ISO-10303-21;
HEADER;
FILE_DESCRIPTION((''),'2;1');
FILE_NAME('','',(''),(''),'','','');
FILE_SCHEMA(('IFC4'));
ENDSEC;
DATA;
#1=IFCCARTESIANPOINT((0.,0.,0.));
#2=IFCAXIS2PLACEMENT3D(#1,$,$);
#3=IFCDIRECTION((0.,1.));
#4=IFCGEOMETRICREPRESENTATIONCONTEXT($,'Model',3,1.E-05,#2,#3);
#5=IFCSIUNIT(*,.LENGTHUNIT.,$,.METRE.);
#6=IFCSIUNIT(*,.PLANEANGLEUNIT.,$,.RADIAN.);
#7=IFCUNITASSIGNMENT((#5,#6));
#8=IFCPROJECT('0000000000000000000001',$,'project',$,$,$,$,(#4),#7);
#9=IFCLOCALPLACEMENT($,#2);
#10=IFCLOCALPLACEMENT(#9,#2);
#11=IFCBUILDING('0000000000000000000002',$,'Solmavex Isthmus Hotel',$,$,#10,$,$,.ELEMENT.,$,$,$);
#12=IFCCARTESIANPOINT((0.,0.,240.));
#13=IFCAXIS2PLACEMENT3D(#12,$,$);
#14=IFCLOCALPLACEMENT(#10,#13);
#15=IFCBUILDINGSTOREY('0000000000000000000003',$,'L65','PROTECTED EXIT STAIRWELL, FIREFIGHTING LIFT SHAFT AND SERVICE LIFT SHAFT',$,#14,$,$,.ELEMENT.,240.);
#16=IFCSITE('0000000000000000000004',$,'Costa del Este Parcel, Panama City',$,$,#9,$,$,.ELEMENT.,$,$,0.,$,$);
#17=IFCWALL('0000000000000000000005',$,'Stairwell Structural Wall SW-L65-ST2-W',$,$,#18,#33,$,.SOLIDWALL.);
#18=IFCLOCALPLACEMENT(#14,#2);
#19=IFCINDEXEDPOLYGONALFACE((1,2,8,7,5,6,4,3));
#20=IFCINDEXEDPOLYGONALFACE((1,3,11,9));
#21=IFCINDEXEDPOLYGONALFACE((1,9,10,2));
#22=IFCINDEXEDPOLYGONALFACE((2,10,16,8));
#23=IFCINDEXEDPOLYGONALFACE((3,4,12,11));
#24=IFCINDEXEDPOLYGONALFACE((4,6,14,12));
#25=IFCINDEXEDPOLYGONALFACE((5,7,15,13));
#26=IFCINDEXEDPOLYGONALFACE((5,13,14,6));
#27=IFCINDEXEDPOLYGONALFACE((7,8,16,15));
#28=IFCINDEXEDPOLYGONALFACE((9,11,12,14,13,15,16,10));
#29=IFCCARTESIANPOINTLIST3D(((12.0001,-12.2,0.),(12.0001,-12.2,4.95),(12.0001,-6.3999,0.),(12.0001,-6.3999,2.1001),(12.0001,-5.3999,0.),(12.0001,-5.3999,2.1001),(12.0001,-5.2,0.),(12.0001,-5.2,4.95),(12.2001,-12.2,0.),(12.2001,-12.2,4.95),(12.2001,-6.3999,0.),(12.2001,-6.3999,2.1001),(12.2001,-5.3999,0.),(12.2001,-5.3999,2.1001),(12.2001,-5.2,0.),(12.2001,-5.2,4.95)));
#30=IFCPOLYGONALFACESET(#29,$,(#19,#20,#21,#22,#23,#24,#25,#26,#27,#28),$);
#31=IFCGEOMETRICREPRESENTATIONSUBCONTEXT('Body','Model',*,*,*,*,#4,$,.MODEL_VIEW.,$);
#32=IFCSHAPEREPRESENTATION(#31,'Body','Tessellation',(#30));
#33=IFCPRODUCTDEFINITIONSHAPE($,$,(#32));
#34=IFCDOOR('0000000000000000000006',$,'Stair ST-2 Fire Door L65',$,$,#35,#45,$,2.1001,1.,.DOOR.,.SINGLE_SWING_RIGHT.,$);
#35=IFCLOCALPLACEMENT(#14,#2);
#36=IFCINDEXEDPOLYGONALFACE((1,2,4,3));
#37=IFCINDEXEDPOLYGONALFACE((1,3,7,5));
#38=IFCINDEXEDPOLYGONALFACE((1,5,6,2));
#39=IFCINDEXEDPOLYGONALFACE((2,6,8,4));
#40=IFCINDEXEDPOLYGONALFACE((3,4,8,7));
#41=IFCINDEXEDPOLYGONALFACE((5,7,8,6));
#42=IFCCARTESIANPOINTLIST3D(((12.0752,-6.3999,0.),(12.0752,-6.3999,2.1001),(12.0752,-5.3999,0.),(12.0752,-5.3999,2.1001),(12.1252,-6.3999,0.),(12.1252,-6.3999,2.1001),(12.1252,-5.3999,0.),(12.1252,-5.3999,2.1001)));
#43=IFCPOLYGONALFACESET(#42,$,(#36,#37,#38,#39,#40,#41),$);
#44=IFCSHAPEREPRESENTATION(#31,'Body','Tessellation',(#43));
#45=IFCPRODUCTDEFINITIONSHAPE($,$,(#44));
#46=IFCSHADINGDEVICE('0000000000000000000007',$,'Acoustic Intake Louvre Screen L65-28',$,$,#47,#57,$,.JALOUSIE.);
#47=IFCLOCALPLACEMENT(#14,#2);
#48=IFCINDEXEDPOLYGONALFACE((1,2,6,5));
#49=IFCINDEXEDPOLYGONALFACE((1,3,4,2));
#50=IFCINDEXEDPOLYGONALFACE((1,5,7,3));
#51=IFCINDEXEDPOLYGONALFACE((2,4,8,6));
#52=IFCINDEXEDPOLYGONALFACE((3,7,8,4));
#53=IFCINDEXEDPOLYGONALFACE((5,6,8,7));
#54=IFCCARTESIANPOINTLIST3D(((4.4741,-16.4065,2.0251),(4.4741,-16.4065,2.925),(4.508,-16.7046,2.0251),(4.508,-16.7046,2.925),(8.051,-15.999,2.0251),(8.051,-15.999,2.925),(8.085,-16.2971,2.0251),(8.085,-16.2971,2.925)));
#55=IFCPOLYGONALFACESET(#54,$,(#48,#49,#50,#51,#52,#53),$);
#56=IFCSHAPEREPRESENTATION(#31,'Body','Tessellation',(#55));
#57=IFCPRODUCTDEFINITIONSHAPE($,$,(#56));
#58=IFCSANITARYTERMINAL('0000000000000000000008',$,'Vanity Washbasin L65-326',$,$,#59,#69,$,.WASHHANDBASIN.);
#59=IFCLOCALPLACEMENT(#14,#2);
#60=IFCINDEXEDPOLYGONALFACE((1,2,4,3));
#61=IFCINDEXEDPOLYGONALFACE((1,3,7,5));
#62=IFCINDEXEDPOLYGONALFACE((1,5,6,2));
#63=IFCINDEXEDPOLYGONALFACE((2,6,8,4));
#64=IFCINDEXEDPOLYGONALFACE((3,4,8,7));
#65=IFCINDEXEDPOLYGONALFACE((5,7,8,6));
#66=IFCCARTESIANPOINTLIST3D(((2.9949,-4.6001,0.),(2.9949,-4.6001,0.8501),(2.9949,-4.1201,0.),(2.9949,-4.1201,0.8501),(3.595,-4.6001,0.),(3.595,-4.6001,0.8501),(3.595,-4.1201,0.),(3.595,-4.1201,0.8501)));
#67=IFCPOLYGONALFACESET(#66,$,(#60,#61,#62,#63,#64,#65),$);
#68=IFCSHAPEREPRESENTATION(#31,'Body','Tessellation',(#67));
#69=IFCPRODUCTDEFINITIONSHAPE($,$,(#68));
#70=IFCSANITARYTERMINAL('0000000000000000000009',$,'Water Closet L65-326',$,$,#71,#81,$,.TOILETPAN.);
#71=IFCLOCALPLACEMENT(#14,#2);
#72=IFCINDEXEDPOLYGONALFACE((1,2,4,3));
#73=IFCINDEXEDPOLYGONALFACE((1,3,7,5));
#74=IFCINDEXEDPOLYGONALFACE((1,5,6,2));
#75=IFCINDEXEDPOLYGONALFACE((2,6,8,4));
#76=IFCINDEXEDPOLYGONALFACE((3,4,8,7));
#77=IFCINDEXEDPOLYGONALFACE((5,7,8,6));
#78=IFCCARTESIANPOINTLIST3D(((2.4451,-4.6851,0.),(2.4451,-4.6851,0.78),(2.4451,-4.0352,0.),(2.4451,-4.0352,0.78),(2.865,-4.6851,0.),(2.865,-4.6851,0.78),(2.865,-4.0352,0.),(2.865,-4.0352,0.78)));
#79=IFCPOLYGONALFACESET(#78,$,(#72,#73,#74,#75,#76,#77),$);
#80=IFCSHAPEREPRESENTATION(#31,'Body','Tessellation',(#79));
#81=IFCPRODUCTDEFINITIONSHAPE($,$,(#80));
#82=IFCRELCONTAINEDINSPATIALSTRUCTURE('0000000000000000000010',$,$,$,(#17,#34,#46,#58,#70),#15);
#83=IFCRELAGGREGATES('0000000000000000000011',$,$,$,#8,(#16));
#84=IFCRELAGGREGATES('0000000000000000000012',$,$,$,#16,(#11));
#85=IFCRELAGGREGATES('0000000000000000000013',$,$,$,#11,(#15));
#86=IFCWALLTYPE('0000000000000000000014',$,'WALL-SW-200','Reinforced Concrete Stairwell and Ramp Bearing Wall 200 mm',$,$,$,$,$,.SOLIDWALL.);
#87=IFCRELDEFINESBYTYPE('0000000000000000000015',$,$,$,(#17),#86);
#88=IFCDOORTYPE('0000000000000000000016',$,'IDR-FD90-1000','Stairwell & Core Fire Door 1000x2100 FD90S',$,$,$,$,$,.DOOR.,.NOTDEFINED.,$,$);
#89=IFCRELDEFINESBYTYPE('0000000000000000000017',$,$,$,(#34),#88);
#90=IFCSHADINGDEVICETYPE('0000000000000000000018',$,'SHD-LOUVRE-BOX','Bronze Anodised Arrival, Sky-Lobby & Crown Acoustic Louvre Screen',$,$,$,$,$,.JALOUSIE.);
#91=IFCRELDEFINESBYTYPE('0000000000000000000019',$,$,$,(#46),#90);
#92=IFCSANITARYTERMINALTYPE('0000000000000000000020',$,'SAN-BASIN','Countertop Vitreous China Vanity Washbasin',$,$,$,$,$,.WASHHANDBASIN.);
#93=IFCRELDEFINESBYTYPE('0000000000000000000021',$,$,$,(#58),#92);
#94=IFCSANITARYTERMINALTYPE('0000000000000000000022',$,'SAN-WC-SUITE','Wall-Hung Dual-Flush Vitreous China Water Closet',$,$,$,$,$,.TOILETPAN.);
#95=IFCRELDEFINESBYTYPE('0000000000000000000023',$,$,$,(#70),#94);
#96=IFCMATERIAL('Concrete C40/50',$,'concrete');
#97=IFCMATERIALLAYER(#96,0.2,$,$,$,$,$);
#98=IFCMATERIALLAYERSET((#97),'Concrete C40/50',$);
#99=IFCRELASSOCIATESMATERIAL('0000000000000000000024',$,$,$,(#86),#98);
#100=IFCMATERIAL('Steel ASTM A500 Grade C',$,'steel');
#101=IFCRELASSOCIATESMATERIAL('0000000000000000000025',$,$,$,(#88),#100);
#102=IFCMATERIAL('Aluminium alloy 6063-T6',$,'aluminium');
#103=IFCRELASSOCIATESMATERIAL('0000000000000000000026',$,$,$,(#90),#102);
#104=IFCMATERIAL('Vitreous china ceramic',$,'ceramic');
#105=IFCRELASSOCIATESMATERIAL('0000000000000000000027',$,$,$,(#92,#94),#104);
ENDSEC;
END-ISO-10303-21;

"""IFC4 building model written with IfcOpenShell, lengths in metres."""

from ifc_helpers import new_model, si_unit, direction, frame, frame_2d, origin, origin_2d, place, context, subcontext, project, spatial, rectangle, extrude, material, layer, layer_set, type_object, element, fill, save


model = new_model("IFC4")

# Units and contexts
model_context = context("Model", 3, precision=1e-05, world=origin(), true_north=direction((0.0, 1.0)))
body_context = subcontext(model_context, "Body", "Model", "MODEL_VIEW")
ifc_project = project(units=[si_unit("LENGTHUNIT", "METRE"), si_unit("PLANEANGLEUNIT", "RADIAN")], contexts=[model_context])

# Site, building, storey
site_placement = place(None, origin())
site = spatial("IfcSite", under=ifc_project, at=site_placement, Name="Costa del Este Parcel, Panama City", CompositionType="ELEMENT", RefElevation=0.0)
building_placement = place(site_placement, origin())
building = spatial("IfcBuilding", under=site, at=building_placement, Name="Solmavex Isthmus Hotel", CompositionType="ELEMENT")
storey_placement = place(building_placement, frame((0.0, 0.0, 240.0)))
storey = spatial("IfcBuildingStorey", under=building, at=storey_placement, Name="L65", Description="PROTECTED EXIT STAIRWELL, FIREFIGHTING LIFT SHAFT AND SERVICE LIFT SHAFT", CompositionType="ELEMENT", Elevation=240.0)

# Shared definitions
ifc_material_1 = material(Name="Concrete C40/50", Category="concrete")

# Shared definitions
ifc_material_2 = material(Name="Steel ASTM A500 Grade C", Category="steel")

# Shared definitions
ifc_layer_1 = layer(ifc_material_1, 0.2)
ifc_layer_set_1 = layer_set([ifc_layer_1], Name="Concrete C40/50")
wall_type_1 = type_object("IfcWallType", Name="WALL-SW-200", Description="Reinforced Concrete Stairwell and Ramp Bearing Wall 200 mm", PredefinedType="SOLIDWALL", material=ifc_layer_set_1)

# Wall, opening, door
wall_1_placement = place(storey_placement, frame((12.1001, -12.2, 0.0), z_axis=(0.0, 0.0, 1.0), x_axis=(0.0, 1.0, 0.0)))
wall_1 = element("IfcWall", 1, at=wall_1_placement, inside=storey, type_object=wall_type_1, Name="Stairwell Structural Wall SW-L65-ST2-W", PredefinedType="SOLIDWALL", context=body_context, shape_type="SweptSolid", body=[
    extrude(rectangle(XDim=7.0, YDim=0.2, at=frame_2d((3.5, 0.0))), origin(), (0.0, 0.0, 1.0), 4.95),
])
opening_1_placement = place(wall_1_placement, frame((5.8, 0.0, 0.0)))
opening_1 = element("IfcOpeningElement", 2, at=opening_1_placement, cuts=wall_1, PredefinedType="OPENING", context=body_context, shape_type="SweptSolid", body=[
    extrude(rectangle(XDim=1.0, YDim=2.1001, at=frame_2d((0.5, 1.05))), frame((0.0, 0.1099, 0.0), z_axis=(0.0, -1.0, 0.0), x_axis=(1.0, 0.0, 0.0)), (0.0, 0.0, 1.0), 0.22),
])
door_type_1 = type_object("IfcDoorType", Name="IDR-FD90-1000", Description="Stairwell & Core Fire Door 1000x2100 FD90S", OperationType="NOTDEFINED", PredefinedType="DOOR", material=ifc_material_2)
door_1_placement = place(opening_1_placement, origin())
door_1 = element("IfcDoor", 3, at=door_1_placement, inside=storey, type_object=door_type_1, Name="Stair ST-2 Fire Door L65", OperationType="SINGLE_SWING_RIGHT", OverallHeight=2.1001, OverallWidth=1.0, PredefinedType="DOOR", context=body_context, shape_type="SweptSolid", body=[
    extrude(rectangle(XDim=1.0, YDim=2.1001, at=frame_2d((0.5, 1.05))), frame((0.0, 0.0249, 0.0), z_axis=(0.0, -1.0, 0.0), x_axis=(1.0, 0.0, 0.0)), (0.0, 0.0, 1.0), 0.05),
])
fill(opening_1, door_1)

# Shading device
ifc_material_3 = material(Name="Aluminium alloy 6063-T6", Category="aluminium")
shading_device_type = type_object("IfcShadingDeviceType", Name="SHD-LOUVRE-BOX", Description="Bronze Anodised Arrival, Sky-Lobby & Crown Acoustic Louvre Screen", PredefinedType="JALOUSIE", material=ifc_material_3)
shading_device_placement = place(storey_placement, frame((6.2795, -16.3518, 2.0251), z_axis=(0.0, 0.0, 1.0), x_axis=(-0.993572, -0.113203, 0.0)))
element("IfcShadingDevice", 4, at=shading_device_placement, inside=storey, type_object=shading_device_type, Name="Acoustic Intake Louvre Screen L65-28", PredefinedType="JALOUSIE", context=body_context, shape_type="SweptSolid", body=[
    extrude(rectangle(XDim=3.6001, YDim=0.3, at=origin_2d()), origin(), (0.0, 0.0, 1.0), 0.8999),
])

# Sanitary terminals
ifc_material_4 = material(Name="Vitreous china ceramic", Category="ceramic")
sanitary_terminal_type_1 = type_object("IfcSanitaryTerminalType", Name="SAN-BASIN", Description="Countertop Vitreous China Vanity Washbasin", PredefinedType="WASHHANDBASIN", material=ifc_material_4)
sanitary_terminal_1_placement = place(storey_placement, frame((3.2949, -4.3601, 0.0), z_axis=(0.0, 0.0, 1.0), x_axis=(1.0, 0.0, 0.0)))
element("IfcSanitaryTerminal", 5, at=sanitary_terminal_1_placement, inside=storey, type_object=sanitary_terminal_type_1, Name="Vanity Washbasin L65-326", PredefinedType="WASHHANDBASIN", context=body_context, shape_type="SweptSolid", body=[
    extrude(rectangle(XDim=0.6001, YDim=0.48, at=origin_2d()), origin(), (0.0, 0.0, 1.0), 0.8501),
])
sanitary_terminal_type_2 = type_object("IfcSanitaryTerminalType", Name="SAN-WC-SUITE", Description="Wall-Hung Dual-Flush Vitreous China Water Closet", PredefinedType="TOILETPAN", material=ifc_material_4)
sanitary_terminal_2_placement = place(storey_placement, frame((2.655, -4.3601, 0.0), z_axis=(0.0, 0.0, 1.0), x_axis=(1.0, 0.0, 0.0)))
element("IfcSanitaryTerminal", 6, at=sanitary_terminal_2_placement, inside=storey, type_object=sanitary_terminal_type_2, Name="Water Closet L65-326", PredefinedType="TOILETPAN", context=body_context, shape_type="SweptSolid", body=[
    extrude(rectangle(XDim=0.4199, YDim=0.6499, at=origin_2d()), origin(), (0.0, 0.0, 1.0), 0.78),
])

save(model, "model.ifc")
